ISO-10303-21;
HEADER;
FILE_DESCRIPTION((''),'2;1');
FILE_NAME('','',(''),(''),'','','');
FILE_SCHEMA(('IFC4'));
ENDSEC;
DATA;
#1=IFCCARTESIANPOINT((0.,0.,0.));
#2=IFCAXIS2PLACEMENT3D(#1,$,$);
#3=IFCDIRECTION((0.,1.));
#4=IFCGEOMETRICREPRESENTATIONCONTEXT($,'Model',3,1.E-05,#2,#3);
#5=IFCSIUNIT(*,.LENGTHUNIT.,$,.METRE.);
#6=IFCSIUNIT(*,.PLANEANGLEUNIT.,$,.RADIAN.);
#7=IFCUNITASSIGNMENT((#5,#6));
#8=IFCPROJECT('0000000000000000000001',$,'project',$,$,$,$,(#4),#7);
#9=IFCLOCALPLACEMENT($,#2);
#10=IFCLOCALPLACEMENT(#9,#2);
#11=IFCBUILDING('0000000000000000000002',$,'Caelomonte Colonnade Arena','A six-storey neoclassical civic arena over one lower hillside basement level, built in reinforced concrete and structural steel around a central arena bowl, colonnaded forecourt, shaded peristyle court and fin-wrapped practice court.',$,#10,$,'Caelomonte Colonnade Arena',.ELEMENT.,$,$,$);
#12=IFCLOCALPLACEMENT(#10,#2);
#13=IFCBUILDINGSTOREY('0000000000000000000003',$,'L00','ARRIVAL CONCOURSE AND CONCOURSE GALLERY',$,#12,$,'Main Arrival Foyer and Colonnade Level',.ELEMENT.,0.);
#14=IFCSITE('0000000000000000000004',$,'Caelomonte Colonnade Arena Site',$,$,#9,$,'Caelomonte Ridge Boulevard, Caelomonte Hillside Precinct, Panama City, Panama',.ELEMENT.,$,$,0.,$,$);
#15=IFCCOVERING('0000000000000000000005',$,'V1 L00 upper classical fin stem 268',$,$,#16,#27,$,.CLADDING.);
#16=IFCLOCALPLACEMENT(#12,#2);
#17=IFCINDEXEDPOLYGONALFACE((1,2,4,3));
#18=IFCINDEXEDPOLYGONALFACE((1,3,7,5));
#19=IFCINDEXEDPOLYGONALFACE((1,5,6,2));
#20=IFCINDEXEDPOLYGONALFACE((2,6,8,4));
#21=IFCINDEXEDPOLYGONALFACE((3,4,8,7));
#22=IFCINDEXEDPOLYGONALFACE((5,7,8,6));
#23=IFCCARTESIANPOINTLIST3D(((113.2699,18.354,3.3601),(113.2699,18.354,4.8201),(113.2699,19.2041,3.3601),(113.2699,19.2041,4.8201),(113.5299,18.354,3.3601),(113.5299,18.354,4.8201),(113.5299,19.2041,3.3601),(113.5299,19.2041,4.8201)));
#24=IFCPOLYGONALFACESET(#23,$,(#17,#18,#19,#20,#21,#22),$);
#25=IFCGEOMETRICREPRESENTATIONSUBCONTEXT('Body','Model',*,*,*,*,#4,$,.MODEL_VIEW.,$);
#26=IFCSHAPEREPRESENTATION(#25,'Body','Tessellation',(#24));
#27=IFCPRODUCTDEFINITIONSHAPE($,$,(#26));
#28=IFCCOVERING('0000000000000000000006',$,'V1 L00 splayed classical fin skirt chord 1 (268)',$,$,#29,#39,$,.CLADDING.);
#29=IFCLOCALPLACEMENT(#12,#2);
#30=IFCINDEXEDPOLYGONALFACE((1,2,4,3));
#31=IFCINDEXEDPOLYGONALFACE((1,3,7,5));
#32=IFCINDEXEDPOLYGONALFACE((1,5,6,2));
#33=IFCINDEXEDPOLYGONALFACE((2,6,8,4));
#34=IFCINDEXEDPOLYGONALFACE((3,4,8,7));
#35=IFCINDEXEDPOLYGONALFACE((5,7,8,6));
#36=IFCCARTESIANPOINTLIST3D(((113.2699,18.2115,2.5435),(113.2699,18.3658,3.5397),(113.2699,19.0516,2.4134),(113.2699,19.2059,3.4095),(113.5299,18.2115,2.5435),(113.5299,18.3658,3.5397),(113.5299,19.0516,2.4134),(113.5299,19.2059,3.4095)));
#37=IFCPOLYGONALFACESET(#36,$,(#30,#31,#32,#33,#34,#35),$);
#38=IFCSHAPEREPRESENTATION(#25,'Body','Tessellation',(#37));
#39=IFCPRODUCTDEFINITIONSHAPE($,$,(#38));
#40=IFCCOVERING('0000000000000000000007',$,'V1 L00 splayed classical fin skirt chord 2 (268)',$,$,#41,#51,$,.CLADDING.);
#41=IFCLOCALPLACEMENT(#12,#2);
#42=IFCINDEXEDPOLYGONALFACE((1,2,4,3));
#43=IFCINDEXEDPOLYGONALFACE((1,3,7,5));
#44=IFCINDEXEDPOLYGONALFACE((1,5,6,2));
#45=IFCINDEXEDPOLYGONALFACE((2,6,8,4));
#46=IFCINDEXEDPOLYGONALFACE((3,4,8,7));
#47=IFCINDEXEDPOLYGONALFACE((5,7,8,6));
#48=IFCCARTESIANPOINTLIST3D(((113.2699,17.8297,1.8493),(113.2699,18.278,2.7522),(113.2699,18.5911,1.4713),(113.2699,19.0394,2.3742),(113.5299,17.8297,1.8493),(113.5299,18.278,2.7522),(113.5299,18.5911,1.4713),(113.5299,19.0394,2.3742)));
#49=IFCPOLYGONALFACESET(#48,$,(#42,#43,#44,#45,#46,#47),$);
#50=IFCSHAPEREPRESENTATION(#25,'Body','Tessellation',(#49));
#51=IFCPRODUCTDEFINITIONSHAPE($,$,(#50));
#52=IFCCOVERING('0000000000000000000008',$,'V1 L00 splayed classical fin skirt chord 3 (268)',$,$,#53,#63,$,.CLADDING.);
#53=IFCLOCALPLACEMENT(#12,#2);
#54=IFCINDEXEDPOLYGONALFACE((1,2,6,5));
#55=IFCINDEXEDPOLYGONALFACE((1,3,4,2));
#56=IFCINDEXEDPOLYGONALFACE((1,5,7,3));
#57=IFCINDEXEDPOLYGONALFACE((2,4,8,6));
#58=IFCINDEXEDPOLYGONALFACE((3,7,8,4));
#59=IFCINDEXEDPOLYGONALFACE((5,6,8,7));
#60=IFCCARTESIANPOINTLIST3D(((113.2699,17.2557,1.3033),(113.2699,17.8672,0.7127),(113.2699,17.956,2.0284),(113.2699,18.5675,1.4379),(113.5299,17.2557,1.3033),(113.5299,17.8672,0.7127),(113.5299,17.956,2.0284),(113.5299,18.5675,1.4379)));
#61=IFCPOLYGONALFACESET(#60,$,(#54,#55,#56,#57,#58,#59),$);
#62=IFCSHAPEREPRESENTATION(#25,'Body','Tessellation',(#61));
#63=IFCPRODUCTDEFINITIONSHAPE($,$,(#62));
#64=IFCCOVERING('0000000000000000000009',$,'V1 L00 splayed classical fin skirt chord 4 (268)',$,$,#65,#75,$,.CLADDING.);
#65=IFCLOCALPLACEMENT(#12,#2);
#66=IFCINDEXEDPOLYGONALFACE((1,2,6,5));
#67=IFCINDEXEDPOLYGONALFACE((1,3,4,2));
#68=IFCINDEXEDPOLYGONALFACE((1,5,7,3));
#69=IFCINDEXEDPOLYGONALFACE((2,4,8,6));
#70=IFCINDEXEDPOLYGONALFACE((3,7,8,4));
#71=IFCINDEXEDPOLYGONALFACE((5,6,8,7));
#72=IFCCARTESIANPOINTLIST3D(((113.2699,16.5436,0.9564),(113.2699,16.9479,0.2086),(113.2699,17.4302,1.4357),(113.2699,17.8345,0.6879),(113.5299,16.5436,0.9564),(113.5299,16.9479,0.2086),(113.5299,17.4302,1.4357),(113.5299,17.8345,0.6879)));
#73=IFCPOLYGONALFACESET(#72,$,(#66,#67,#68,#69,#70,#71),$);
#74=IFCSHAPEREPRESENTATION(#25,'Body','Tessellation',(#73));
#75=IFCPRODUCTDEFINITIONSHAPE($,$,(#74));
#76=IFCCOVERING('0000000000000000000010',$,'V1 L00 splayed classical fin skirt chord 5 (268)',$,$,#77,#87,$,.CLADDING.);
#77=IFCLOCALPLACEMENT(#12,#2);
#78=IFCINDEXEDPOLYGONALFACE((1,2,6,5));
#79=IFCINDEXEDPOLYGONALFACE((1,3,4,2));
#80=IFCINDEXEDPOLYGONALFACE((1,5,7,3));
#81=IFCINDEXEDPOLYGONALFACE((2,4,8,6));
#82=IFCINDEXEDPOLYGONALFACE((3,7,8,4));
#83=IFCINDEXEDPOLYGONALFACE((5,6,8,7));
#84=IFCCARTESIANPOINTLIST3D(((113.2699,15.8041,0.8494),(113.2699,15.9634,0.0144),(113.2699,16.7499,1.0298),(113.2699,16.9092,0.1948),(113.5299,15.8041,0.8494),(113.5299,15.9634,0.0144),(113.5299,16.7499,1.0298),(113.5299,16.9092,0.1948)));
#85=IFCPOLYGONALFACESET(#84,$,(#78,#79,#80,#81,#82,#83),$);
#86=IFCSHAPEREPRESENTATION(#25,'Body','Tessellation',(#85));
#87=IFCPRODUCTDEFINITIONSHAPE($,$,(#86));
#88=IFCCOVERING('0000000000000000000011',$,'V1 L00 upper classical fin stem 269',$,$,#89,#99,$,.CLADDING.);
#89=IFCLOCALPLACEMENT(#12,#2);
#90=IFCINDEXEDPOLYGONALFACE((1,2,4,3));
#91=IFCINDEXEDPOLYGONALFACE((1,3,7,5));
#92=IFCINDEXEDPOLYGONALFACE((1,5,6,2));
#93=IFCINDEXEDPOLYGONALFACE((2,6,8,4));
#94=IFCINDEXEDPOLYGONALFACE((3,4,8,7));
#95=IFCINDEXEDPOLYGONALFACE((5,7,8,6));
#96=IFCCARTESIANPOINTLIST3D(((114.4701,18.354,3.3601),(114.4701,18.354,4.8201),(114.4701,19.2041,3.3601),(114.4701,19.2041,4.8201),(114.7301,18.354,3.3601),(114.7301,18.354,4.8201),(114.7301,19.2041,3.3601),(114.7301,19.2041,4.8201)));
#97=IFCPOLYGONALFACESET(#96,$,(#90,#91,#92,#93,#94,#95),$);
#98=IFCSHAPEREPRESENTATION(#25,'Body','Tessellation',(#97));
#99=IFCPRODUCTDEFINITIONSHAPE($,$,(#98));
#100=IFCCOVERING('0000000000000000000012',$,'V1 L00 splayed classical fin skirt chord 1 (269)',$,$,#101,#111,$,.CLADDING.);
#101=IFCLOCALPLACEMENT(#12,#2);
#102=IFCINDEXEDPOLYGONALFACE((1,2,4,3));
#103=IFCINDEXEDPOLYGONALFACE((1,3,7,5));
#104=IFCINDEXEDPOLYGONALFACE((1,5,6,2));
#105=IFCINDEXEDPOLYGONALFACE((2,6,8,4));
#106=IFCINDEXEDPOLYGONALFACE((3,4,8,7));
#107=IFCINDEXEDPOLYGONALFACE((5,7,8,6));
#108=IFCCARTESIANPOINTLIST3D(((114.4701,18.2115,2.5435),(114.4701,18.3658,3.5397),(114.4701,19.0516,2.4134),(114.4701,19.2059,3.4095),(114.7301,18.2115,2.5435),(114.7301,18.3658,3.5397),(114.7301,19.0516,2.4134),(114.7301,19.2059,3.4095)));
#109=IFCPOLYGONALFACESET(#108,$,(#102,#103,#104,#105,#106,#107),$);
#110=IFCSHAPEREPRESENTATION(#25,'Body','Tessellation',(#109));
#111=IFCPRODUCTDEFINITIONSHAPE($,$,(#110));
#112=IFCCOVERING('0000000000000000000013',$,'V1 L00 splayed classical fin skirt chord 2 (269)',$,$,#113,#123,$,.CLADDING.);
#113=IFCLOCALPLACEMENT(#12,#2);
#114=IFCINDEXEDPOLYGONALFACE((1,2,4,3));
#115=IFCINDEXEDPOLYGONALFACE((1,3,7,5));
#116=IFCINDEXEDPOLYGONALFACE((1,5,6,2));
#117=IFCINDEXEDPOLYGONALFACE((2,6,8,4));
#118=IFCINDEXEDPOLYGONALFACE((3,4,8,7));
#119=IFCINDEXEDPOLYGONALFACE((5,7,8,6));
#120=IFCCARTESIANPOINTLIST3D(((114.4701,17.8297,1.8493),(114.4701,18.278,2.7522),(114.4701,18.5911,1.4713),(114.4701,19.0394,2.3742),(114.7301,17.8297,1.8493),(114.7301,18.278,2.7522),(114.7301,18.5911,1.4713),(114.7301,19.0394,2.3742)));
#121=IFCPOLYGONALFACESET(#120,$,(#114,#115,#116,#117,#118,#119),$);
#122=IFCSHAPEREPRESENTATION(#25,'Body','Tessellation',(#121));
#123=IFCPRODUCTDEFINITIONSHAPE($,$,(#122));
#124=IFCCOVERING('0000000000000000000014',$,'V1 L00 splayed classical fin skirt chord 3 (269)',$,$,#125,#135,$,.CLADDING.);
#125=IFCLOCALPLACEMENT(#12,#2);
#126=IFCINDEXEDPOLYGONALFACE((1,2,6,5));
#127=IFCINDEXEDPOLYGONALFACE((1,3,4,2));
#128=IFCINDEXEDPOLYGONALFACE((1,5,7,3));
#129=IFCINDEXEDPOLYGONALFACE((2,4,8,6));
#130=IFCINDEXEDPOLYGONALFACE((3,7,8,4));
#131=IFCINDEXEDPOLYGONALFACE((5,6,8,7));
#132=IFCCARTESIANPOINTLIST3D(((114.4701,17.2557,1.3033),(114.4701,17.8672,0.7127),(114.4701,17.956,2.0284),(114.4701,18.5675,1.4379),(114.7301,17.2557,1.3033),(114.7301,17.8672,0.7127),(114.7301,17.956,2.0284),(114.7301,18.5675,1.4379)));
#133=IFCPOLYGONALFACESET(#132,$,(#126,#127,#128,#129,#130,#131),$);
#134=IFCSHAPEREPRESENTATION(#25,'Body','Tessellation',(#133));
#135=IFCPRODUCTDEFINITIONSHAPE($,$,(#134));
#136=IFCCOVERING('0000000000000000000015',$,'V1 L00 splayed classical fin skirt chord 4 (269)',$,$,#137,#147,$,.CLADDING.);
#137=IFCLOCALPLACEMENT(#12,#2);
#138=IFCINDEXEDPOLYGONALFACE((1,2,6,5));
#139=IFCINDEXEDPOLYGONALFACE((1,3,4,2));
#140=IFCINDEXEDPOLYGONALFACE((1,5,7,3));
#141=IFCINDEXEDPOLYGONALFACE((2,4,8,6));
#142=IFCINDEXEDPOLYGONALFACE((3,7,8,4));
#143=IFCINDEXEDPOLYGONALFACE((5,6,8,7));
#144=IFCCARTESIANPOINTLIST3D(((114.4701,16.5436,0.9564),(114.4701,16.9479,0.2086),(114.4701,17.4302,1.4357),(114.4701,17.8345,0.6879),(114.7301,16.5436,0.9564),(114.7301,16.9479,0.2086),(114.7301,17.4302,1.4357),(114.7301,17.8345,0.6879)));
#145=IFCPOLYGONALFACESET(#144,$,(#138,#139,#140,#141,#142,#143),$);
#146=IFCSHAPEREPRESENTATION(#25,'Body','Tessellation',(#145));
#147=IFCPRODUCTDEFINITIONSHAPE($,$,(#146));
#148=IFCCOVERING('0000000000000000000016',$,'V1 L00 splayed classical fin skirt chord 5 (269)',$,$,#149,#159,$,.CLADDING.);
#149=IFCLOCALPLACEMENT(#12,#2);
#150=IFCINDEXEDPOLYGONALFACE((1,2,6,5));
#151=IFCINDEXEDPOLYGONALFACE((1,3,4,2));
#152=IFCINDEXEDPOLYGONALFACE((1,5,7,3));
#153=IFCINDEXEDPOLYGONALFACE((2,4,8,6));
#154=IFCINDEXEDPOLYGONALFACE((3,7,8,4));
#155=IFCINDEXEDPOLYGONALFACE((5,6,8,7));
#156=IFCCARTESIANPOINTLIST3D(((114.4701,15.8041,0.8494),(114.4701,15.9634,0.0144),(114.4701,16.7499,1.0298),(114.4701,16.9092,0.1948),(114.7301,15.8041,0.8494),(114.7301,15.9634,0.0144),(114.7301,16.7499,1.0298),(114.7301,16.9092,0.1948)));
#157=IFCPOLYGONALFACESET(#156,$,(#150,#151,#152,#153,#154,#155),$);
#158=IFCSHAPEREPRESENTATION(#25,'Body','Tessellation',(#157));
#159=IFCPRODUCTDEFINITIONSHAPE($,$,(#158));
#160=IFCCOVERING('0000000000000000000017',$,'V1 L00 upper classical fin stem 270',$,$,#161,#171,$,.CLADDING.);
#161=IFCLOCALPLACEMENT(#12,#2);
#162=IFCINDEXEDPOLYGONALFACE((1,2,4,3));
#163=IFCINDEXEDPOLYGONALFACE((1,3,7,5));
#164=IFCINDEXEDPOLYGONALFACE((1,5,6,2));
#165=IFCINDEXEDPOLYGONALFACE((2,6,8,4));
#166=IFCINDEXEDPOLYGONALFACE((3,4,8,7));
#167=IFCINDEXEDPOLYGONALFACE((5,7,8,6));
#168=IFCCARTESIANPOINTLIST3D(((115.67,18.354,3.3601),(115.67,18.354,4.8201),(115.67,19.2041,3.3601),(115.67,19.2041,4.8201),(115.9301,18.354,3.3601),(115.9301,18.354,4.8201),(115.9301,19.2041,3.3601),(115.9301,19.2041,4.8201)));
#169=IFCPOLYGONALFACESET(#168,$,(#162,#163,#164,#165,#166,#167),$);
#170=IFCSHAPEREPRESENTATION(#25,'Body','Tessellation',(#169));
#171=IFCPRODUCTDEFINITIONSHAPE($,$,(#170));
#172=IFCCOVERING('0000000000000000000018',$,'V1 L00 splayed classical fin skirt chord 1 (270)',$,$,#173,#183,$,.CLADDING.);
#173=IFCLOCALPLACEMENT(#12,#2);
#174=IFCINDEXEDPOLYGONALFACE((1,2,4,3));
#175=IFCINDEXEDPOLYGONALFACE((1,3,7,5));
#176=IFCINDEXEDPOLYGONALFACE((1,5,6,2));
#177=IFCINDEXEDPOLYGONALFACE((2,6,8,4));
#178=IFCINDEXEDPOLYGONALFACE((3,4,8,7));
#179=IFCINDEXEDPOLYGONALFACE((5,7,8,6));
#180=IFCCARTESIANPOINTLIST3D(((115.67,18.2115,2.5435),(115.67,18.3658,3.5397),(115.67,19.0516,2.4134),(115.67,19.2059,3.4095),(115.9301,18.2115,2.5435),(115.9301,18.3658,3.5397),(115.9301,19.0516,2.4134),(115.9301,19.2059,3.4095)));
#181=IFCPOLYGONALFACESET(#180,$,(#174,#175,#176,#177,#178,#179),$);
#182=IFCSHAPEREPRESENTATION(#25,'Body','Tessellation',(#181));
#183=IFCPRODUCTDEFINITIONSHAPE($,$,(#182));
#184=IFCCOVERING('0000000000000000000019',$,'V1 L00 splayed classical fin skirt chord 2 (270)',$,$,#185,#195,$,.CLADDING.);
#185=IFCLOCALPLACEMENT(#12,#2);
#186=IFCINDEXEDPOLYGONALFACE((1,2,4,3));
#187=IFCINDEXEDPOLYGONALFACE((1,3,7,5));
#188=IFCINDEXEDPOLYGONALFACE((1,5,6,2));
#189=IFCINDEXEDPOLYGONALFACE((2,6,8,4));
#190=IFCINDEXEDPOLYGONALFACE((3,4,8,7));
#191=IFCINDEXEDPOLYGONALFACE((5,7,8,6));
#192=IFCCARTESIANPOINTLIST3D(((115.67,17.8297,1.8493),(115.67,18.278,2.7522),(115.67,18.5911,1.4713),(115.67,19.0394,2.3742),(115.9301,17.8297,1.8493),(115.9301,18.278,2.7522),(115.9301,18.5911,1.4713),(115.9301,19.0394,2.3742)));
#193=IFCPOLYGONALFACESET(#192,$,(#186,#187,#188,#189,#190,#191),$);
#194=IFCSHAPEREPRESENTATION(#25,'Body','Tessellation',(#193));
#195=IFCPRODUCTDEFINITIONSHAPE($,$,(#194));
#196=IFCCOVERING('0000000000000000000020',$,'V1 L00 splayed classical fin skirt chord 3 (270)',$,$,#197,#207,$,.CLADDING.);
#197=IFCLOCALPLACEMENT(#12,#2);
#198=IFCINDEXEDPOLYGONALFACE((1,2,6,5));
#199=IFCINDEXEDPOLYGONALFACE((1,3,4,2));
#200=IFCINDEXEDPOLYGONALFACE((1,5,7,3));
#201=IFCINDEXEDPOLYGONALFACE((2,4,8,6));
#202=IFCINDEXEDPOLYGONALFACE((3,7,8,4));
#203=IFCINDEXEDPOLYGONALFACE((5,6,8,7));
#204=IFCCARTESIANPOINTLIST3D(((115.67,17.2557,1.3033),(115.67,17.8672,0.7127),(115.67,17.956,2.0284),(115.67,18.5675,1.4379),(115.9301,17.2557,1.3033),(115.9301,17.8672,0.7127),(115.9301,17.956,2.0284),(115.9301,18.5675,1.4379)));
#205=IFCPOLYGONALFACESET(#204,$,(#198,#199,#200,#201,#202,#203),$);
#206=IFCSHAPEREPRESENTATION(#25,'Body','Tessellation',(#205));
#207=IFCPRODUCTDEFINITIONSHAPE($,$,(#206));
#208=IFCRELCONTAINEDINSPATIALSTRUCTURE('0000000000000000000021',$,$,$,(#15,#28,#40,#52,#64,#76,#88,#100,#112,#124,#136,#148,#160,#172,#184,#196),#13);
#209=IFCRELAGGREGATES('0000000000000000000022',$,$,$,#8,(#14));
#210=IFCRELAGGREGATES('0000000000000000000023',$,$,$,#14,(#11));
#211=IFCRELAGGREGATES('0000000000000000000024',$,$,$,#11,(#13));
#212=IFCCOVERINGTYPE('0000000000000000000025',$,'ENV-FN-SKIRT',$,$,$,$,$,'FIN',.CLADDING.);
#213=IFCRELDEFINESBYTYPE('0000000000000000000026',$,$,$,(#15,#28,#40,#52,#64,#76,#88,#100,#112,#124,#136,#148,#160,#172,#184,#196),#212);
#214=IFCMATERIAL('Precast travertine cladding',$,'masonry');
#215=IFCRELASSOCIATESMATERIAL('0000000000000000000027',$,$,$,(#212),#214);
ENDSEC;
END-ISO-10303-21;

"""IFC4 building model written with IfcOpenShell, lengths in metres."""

from ifc_helpers import new_model, si_unit, direction, frame, origin, origin_2d, place, context, subcontext, project, spatial, rectangle, extrude, material, material_profile, profile_set, type_object, element, save


model = new_model("IFC4")

# Units and contexts
model_context = context("Model", 3, precision=1e-05, world=origin(), true_north=direction((0.0, 1.0)))
body_context = subcontext(model_context, "Body", "Model", "MODEL_VIEW")
ifc_project = project(units=[si_unit("LENGTHUNIT", "METRE"), si_unit("PLANEANGLEUNIT", "RADIAN")], contexts=[model_context])

# Site, building, storey
site_placement = place(None, origin())
site = spatial("IfcSite", under=ifc_project, at=site_placement, Name="Caelomonte Colonnade Arena Site", LongName="Caelomonte Ridge Boulevard, Caelomonte Hillside Precinct, Panama City, Panama", CompositionType="ELEMENT", RefElevation=0.0)
building_placement = place(site_placement, origin())
building = spatial("IfcBuilding", under=site, at=building_placement, Name="Caelomonte Colonnade Arena", Description="A six-storey neoclassical civic arena over one lower hillside basement level, built in reinforced concrete and structural steel around a central arena bowl, colonnaded forecourt, shaded peristyle court and fin-wrapped practice court.", LongName="Caelomonte Colonnade Arena", CompositionType="ELEMENT")
storey_placement = place(building_placement, origin())
storey = spatial("IfcBuildingStorey", under=building, at=storey_placement, Name="L00", Description="ARRIVAL CONCOURSE AND CONCOURSE GALLERY", LongName="Main Arrival Foyer and Colonnade Level", CompositionType="ELEMENT", Elevation=0.0)

# Coverings
ifc_material = material(Name="Precast travertine cladding", Category="masonry")
ifc_material_profile = material_profile(ifc_material, rectangle(XDim=0.26, YDim=0.8501, at=origin_2d()), Name="FIN260X850")
ifc_profile_set = profile_set([ifc_material_profile], Name="Precast travertine cladding")
covering_type = type_object("IfcCoveringType", Name="ENV-FN-SKIRT", ElementType="FIN", PredefinedType="CLADDING", material=ifc_profile_set)
covering_1_placement = place(storey_placement, frame((113.3999, 18.7791, 3.3601), z_axis=(0.0, 0.0, 1.0), x_axis=(-1.0, 0.0, 0.0)))
element("IfcCovering", 1, at=covering_1_placement, inside=storey, type_object=covering_type, Name="V1 L00 upper classical fin stem 268", PredefinedType="CLADDING", context=body_context, shape_type="SweptSolid", body=[
    extrude(rectangle(XDim=0.26, YDim=0.8501, at=origin_2d()), origin(), (0.0, 0.0, 1.0), 1.46),
])
for number, where, z_axis, x_axis, name in (
    (2, (113.3999, 18.7859, 3.4746), (0.0, -0.153076, -0.988214), (-1.0, 0.0, 0.0), "V1 L00 splayed classical fin skirt chord 1 (268)"),
    (3, (113.3999, 18.6587, 2.5632), (0.0, -0.444693, -0.895683), (-1.0, 0.0, 0.0), "V1 L00 splayed classical fin skirt chord 2 (268)"),
    (4, (113.3999, 18.2617, 1.7332), (0.0, -0.694646, -0.719351), (-1.0, 0.0, 0.0), "V1 L00 splayed classical fin skirt chord 3 (268)"),
):
    element("IfcCovering", number, at=place(storey_placement, frame(where, z_axis=z_axis, x_axis=x_axis)), inside=storey, type_object=covering_type, Name=name, PredefinedType="CLADDING", context=body_context, shape_type="SweptSolid", body=[
        extrude(rectangle(XDim=0.26, YDim=0.8501, at=origin_2d()), origin(), (0.0, 0.0, 1.0), 1.0081),
    ])
covering_2_placement = place(storey_placement, frame((113.3999, 17.6323, 1.0618), z_axis=(0.0, -0.879676, -0.475573), x_axis=(-1.0, 0.0, 0.0)))
element("IfcCovering", 5, at=covering_2_placement, inside=storey, type_object=covering_type, Name="V1 L00 splayed classical fin skirt chord 4 (268)", PredefinedType="CLADDING", context=body_context, shape_type="SweptSolid", body=[
    extrude(rectangle(XDim=0.26, YDim=0.8501, at=origin_2d()), origin(), (0.0, 0.0, 1.0), 1.0078),
])
covering_3_placement = place(storey_placement, frame((113.3999, 16.8296, 0.6123), z_axis=(0.0, -0.982287, -0.18738), x_axis=(-1.0, 0.0, 0.0)))
element("IfcCovering", 6, at=covering_3_placement, inside=storey, type_object=covering_type, Name="V1 L00 splayed classical fin skirt chord 5 (268)", PredefinedType="CLADDING", context=body_context, shape_type="SweptSolid", body=[
    extrude(rectangle(XDim=0.26, YDim=0.8501, at=origin_2d()), origin(), (0.0, 0.0, 1.0), 0.9629),
])
covering_4_placement = place(storey_placement, frame((114.6001, 18.7791, 3.3601), z_axis=(0.0, 0.0, 1.0), x_axis=(-1.0, 0.0, 0.0)))
element("IfcCovering", 7, at=covering_4_placement, inside=storey, type_object=covering_type, Name="V1 L00 upper classical fin stem 269", PredefinedType="CLADDING", context=body_context, shape_type="SweptSolid", body=[
    extrude(rectangle(XDim=0.26, YDim=0.8501, at=origin_2d()), origin(), (0.0, 0.0, 1.0), 1.46),
])
for number, where, z_axis, x_axis, name in (
    (8, (114.6001, 18.7859, 3.4746), (0.0, -0.153076, -0.988214), (-1.0, 0.0, 0.0), "V1 L00 splayed classical fin skirt chord 1 (269)"),
    (9, (114.6001, 18.6587, 2.5632), (0.0, -0.444693, -0.895683), (-1.0, 0.0, 0.0), "V1 L00 splayed classical fin skirt chord 2 (269)"),
    (10, (114.6001, 18.2617, 1.7332), (0.0, -0.694646, -0.719351), (-1.0, 0.0, 0.0), "V1 L00 splayed classical fin skirt chord 3 (269)"),
):
    element("IfcCovering", number, at=place(storey_placement, frame(where, z_axis=z_axis, x_axis=x_axis)), inside=storey, type_object=covering_type, Name=name, PredefinedType="CLADDING", context=body_context, shape_type="SweptSolid", body=[
        extrude(rectangle(XDim=0.26, YDim=0.8501, at=origin_2d()), origin(), (0.0, 0.0, 1.0), 1.0081),
    ])
covering_5_placement = place(storey_placement, frame((114.6001, 17.6323, 1.0618), z_axis=(0.0, -0.879676, -0.475573), x_axis=(-1.0, 0.0, 0.0)))
element("IfcCovering", 11, at=covering_5_placement, inside=storey, type_object=covering_type, Name="V1 L00 splayed classical fin skirt chord 4 (269)", PredefinedType="CLADDING", context=body_context, shape_type="SweptSolid", body=[
    extrude(rectangle(XDim=0.26, YDim=0.8501, at=origin_2d()), origin(), (0.0, 0.0, 1.0), 1.0078),
])
covering_6_placement = place(storey_placement, frame((114.6001, 16.8296, 0.6123), z_axis=(0.0, -0.982287, -0.18738), x_axis=(-1.0, 0.0, 0.0)))
element("IfcCovering", 12, at=covering_6_placement, inside=storey, type_object=covering_type, Name="V1 L00 splayed classical fin skirt chord 5 (269)", PredefinedType="CLADDING", context=body_context, shape_type="SweptSolid", body=[
    extrude(rectangle(XDim=0.26, YDim=0.8501, at=origin_2d()), origin(), (0.0, 0.0, 1.0), 0.9629),
])
covering_7_placement = place(storey_placement, frame((115.8, 18.7791, 3.3601), z_axis=(0.0, 0.0, 1.0), x_axis=(-1.0, 0.0, 0.0)))
element("IfcCovering", 13, at=covering_7_placement, inside=storey, type_object=covering_type, Name="V1 L00 upper classical fin stem 270", PredefinedType="CLADDING", context=body_context, shape_type="SweptSolid", body=[
    extrude(rectangle(XDim=0.26, YDim=0.8501, at=origin_2d()), origin(), (0.0, 0.0, 1.0), 1.46),
])
for number, where, z_axis, x_axis, name in (
    (14, (115.8, 18.7859, 3.4746), (0.0, -0.153076, -0.988214), (-1.0, 0.0, 0.0), "V1 L00 splayed classical fin skirt chord 1 (270)"),
    (15, (115.8, 18.6587, 2.5632), (0.0, -0.444693, -0.895683), (-1.0, 0.0, 0.0), "V1 L00 splayed classical fin skirt chord 2 (270)"),
    (16, (115.8, 18.2617, 1.7332), (0.0, -0.694646, -0.719351), (-1.0, 0.0, 0.0), "V1 L00 splayed classical fin skirt chord 3 (270)"),
):
    element("IfcCovering", number, at=place(storey_placement, frame(where, z_axis=z_axis, x_axis=x_axis)), inside=storey, type_object=covering_type, Name=name, PredefinedType="CLADDING", context=body_context, shape_type="SweptSolid", body=[
        extrude(rectangle(XDim=0.26, YDim=0.8501, at=origin_2d()), origin(), (0.0, 0.0, 1.0), 1.0081),
    ])

save(model, "model.ifc")
